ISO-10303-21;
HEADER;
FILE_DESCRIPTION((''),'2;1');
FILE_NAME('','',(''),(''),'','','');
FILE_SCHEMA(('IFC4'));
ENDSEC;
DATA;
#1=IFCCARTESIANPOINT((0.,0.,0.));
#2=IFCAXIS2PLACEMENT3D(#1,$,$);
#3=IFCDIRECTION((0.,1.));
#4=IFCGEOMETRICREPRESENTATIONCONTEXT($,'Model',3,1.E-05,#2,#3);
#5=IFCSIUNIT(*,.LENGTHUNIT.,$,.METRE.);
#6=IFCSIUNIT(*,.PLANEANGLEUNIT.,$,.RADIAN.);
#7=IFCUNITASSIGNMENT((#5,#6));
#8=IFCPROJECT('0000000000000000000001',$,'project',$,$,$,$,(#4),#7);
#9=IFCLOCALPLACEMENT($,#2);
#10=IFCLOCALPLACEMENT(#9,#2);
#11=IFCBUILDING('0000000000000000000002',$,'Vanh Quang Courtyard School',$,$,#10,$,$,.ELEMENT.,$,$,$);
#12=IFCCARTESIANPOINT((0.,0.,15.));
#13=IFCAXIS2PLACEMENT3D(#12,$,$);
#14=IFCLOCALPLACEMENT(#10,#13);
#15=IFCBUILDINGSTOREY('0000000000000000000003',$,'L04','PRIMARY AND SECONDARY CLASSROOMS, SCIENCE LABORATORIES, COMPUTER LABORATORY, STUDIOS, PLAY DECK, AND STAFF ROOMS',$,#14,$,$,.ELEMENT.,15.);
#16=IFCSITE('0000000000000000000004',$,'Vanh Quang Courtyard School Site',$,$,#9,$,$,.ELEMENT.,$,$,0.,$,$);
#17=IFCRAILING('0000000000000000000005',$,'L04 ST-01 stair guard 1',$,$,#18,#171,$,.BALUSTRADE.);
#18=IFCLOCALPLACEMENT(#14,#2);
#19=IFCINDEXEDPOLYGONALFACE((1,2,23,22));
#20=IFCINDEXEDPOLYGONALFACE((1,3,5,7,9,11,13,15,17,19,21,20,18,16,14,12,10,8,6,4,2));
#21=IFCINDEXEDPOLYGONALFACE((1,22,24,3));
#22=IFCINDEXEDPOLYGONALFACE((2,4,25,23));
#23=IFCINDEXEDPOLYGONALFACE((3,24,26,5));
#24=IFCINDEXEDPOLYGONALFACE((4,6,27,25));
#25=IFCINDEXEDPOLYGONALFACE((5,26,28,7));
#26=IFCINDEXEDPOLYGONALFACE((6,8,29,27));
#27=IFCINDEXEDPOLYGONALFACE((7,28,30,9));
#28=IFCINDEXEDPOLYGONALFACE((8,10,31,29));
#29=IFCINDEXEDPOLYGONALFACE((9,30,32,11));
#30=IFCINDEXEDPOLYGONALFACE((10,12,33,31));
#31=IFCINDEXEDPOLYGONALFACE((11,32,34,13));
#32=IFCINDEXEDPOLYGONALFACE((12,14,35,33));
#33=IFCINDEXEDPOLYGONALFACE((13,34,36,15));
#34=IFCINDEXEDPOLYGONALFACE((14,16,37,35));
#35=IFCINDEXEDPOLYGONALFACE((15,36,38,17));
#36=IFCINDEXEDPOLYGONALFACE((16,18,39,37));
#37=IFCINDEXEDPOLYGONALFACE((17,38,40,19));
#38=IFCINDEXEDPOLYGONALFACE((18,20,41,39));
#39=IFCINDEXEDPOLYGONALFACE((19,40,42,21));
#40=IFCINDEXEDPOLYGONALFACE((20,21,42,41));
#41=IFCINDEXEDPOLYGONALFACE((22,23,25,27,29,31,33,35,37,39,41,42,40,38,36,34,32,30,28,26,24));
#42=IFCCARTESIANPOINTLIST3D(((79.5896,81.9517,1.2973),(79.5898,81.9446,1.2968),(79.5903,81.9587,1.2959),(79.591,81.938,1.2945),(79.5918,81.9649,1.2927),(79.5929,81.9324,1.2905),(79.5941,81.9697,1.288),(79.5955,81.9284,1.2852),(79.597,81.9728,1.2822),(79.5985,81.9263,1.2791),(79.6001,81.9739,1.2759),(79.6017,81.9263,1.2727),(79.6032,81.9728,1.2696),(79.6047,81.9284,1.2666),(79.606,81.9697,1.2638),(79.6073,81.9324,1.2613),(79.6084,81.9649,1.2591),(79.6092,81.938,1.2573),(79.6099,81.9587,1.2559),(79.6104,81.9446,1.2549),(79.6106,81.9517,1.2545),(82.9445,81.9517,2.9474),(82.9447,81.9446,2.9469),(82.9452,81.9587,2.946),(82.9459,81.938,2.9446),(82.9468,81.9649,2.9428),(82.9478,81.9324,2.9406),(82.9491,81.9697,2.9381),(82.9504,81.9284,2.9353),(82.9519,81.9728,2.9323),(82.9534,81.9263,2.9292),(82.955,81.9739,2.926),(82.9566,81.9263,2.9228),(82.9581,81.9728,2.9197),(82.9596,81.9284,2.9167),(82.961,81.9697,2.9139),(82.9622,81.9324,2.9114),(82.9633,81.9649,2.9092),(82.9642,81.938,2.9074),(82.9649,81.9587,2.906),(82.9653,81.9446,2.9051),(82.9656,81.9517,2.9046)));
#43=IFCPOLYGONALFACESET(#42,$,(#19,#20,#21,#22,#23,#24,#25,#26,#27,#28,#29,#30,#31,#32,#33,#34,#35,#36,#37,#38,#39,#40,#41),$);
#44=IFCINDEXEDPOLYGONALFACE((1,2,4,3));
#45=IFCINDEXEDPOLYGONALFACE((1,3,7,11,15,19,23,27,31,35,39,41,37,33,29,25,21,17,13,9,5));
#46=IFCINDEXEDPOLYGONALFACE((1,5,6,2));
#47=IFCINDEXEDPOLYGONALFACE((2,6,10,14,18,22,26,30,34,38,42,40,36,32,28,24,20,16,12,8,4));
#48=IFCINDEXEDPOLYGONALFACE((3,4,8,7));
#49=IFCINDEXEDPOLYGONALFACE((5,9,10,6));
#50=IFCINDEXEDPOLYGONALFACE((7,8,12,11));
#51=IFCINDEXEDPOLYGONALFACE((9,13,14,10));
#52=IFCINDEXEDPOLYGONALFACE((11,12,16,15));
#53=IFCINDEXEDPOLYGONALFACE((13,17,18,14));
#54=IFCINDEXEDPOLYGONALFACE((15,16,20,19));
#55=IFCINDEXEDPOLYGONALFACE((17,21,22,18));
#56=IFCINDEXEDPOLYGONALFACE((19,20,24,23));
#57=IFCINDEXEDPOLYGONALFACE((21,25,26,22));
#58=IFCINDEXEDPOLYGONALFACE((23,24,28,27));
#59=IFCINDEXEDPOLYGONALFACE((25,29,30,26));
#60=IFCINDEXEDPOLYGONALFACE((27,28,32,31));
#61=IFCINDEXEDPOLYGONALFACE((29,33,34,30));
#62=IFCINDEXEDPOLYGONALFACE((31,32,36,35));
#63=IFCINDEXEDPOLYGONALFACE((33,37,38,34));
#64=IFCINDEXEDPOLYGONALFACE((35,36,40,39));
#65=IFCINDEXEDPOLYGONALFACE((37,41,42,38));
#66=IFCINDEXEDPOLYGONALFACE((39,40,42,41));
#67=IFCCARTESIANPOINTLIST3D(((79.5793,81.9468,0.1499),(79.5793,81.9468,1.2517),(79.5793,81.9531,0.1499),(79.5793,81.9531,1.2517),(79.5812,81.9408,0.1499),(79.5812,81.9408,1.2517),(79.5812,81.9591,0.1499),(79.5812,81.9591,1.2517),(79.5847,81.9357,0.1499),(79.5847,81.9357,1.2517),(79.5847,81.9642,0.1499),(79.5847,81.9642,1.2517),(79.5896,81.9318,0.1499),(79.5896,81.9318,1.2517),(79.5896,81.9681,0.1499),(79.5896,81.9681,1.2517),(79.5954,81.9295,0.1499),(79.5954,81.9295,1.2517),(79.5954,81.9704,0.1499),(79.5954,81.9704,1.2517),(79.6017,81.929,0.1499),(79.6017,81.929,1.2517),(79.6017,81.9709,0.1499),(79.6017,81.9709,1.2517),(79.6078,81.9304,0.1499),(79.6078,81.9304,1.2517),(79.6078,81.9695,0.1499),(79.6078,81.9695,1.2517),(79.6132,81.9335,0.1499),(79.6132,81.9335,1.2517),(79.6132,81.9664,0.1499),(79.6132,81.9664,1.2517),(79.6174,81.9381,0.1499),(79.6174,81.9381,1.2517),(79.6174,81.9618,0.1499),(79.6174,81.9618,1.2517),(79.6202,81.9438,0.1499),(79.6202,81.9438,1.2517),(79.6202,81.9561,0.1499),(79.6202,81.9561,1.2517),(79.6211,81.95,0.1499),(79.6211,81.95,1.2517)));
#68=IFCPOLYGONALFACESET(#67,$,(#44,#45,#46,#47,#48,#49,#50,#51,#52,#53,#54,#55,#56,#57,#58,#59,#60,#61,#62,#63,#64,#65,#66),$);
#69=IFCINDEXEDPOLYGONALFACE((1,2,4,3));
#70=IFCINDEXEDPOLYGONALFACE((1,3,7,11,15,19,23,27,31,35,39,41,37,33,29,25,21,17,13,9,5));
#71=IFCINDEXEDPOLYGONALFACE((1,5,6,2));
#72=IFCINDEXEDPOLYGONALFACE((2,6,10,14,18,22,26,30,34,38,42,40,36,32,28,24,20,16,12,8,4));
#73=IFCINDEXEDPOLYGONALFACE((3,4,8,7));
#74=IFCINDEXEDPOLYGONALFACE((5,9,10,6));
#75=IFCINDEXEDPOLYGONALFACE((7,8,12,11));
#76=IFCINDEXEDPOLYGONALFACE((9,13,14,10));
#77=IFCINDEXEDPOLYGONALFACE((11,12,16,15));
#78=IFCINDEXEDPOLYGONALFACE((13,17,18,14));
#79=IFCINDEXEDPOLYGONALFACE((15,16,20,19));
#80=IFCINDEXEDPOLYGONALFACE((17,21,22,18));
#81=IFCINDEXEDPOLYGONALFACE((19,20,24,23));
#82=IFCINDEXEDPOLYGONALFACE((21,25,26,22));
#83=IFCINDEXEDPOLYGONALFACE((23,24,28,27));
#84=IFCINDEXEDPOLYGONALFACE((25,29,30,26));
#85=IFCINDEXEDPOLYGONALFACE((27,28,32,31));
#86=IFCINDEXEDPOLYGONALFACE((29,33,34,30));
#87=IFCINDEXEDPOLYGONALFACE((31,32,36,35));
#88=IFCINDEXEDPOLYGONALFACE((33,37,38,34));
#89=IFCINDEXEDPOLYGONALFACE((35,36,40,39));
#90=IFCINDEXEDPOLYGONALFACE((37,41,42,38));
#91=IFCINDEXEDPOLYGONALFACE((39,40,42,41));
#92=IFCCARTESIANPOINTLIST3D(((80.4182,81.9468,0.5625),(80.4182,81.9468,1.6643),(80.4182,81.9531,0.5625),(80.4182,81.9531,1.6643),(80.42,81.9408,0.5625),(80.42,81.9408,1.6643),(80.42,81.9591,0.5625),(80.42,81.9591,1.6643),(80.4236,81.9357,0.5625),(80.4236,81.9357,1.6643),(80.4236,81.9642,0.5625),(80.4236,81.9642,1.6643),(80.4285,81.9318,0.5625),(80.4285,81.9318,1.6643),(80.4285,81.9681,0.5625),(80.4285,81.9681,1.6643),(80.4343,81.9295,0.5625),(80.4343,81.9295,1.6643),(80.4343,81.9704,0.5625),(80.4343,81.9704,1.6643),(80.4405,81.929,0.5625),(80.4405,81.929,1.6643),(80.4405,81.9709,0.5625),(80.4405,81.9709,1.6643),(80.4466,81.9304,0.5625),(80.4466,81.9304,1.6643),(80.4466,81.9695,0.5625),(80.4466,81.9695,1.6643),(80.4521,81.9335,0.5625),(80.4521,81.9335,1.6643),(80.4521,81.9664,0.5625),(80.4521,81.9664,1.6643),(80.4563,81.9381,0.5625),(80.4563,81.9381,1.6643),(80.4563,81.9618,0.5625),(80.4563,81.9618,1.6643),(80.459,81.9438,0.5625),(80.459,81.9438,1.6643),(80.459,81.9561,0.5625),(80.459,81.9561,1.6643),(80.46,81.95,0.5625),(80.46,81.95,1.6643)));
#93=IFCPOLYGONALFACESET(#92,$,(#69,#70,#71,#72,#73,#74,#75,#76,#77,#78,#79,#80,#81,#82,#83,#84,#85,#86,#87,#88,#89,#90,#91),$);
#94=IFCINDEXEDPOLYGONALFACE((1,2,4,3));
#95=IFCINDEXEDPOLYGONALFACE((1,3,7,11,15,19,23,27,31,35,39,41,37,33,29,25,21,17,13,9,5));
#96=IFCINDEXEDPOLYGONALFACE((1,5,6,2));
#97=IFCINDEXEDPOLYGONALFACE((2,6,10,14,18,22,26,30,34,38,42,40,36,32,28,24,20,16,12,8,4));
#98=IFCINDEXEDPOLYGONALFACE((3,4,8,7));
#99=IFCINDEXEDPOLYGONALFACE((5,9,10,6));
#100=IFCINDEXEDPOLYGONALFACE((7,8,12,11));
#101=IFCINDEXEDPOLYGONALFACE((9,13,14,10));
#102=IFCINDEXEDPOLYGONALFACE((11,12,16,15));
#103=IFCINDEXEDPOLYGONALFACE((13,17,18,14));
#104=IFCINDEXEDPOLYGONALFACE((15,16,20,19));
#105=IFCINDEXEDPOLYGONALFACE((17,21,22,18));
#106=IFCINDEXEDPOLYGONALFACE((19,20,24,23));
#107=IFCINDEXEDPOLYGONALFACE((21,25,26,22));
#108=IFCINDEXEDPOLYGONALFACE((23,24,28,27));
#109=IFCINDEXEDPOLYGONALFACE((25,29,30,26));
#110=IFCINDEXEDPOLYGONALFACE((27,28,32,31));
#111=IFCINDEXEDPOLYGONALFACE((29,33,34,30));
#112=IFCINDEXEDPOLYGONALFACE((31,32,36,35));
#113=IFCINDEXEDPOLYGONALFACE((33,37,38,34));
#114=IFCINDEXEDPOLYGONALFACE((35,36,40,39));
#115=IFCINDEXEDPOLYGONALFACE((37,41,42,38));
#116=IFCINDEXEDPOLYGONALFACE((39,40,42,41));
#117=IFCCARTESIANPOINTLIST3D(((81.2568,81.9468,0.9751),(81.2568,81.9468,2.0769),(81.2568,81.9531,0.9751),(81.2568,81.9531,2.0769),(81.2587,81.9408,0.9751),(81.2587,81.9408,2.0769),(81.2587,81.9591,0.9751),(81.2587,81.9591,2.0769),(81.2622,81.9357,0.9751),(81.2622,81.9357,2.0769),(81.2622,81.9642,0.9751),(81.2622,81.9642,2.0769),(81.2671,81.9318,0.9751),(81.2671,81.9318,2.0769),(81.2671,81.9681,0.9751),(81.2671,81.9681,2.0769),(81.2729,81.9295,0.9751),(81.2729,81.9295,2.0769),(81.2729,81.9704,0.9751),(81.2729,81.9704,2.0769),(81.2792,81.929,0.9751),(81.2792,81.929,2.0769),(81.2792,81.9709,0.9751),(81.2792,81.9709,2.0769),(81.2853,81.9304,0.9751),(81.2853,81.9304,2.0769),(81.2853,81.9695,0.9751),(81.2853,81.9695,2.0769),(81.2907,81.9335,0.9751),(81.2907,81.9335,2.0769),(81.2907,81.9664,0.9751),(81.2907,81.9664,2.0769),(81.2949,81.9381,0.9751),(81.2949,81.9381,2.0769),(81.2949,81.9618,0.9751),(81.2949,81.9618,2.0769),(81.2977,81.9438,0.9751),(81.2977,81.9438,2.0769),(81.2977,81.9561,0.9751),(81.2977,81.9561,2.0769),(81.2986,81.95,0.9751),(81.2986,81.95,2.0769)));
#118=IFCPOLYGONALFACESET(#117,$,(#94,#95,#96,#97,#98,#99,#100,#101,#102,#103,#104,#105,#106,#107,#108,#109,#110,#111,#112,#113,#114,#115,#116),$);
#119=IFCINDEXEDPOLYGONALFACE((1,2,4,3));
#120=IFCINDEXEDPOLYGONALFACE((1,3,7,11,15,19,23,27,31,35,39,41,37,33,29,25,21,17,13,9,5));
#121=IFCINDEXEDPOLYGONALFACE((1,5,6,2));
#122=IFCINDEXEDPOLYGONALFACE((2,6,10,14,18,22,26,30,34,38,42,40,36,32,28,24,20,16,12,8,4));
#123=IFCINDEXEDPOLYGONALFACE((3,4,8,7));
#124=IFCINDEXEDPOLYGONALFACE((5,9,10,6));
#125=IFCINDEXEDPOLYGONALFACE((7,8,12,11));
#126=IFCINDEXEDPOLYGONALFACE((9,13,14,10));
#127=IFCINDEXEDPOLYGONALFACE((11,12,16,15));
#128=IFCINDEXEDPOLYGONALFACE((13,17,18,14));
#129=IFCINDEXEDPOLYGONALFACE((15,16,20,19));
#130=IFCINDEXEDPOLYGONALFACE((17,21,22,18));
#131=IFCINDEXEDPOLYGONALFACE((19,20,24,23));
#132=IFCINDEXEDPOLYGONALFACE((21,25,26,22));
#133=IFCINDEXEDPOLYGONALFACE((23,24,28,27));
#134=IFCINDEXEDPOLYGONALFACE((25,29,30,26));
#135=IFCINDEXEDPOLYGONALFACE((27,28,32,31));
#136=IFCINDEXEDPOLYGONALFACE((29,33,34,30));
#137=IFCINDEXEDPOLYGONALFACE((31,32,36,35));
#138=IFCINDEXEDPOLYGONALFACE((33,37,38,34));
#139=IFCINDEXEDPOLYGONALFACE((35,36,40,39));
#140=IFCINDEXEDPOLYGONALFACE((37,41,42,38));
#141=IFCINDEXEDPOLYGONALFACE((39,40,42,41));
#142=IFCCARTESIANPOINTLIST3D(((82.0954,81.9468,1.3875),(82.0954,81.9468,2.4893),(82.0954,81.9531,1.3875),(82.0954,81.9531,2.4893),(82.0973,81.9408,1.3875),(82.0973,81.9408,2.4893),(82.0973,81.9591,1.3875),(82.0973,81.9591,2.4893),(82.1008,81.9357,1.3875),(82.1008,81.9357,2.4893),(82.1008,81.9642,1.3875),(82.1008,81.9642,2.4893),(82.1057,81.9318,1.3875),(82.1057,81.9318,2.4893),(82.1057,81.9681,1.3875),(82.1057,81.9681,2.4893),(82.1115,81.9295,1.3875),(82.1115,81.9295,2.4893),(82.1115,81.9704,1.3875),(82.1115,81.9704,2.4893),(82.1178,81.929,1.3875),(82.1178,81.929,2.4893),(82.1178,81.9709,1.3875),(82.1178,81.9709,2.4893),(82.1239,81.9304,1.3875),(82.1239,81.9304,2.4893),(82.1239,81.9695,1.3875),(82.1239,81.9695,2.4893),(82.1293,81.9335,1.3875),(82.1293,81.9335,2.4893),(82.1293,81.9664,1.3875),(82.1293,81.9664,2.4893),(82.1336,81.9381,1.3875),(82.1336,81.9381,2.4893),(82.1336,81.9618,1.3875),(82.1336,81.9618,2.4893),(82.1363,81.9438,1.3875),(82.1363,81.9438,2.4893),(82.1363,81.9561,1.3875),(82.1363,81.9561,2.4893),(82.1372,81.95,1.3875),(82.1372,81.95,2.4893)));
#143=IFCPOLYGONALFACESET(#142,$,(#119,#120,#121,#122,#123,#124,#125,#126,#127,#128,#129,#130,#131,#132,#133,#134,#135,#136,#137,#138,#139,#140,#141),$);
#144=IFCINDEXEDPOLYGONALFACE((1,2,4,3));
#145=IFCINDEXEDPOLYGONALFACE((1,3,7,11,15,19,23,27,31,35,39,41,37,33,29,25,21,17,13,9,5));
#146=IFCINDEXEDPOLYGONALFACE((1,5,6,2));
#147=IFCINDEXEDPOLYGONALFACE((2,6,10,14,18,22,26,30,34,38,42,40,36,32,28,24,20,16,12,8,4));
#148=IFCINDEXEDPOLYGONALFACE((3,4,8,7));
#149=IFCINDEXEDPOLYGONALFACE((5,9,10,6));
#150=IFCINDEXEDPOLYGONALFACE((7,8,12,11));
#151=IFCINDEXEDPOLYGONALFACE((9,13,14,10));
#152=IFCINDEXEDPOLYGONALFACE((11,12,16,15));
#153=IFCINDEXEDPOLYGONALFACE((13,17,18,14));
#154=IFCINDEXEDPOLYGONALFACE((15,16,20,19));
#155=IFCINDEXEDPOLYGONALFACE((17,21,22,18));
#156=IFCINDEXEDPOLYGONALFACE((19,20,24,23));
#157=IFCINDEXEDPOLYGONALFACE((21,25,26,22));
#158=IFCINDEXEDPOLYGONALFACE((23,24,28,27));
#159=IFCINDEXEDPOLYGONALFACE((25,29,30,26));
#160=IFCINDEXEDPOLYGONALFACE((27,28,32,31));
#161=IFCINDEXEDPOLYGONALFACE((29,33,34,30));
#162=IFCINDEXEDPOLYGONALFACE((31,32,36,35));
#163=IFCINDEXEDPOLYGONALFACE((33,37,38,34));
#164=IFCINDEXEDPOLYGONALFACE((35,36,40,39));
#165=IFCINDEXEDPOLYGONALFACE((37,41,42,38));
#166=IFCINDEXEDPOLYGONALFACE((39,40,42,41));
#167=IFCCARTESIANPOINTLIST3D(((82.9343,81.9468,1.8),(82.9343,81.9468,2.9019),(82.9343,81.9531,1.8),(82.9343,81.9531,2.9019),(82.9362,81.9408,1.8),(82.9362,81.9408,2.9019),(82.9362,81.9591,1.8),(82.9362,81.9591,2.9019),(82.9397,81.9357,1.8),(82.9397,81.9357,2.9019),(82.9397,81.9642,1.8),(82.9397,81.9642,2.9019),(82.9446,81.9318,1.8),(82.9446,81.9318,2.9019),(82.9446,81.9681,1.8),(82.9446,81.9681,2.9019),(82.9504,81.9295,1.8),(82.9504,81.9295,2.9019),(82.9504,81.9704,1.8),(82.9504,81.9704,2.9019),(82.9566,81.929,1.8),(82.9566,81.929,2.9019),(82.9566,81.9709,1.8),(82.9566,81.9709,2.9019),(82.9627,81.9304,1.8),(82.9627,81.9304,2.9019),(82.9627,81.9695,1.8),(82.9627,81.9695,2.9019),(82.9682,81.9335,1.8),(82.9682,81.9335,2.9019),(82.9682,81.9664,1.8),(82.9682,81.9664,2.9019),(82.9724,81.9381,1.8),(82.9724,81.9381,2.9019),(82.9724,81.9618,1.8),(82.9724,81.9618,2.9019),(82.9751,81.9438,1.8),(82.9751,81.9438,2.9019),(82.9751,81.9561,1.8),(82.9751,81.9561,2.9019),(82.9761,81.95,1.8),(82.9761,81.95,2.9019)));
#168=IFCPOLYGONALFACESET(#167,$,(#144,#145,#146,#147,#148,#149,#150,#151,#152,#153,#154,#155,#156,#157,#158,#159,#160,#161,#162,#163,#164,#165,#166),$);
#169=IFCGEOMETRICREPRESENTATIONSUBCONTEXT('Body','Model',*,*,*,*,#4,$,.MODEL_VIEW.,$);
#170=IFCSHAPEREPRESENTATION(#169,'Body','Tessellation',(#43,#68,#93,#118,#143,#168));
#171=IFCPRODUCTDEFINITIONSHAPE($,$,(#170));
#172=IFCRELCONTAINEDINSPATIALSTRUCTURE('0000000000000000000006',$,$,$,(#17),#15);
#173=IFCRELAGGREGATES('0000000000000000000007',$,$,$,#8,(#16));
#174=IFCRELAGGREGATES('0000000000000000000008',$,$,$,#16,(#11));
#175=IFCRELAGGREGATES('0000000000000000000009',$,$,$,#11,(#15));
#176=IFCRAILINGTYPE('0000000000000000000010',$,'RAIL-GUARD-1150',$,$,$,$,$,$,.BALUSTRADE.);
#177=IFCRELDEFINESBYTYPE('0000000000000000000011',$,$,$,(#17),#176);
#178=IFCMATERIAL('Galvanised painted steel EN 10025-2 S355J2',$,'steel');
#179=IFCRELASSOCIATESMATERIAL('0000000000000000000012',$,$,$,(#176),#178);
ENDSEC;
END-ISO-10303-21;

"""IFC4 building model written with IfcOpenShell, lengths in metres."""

from ifc_helpers import new_model, si_unit, direction, frame, origin, origin_2d, place, context, subcontext, project, spatial, circle, extrude, material, type_object, element, save


model = new_model("IFC4")

# Units and contexts
model_context = context("Model", 3, precision=1e-05, world=origin(), true_north=direction((0.0, 1.0)))
body_context = subcontext(model_context, "Body", "Model", "MODEL_VIEW")
ifc_project = project(units=[si_unit("LENGTHUNIT", "METRE"), si_unit("PLANEANGLEUNIT", "RADIAN")], contexts=[model_context])

# Site, building, storey
site_placement = place(None, origin())
site = spatial("IfcSite", under=ifc_project, at=site_placement, Name="Vanh Quang Courtyard School Site", CompositionType="ELEMENT", RefElevation=0.0)
building_placement = place(site_placement, origin())
building = spatial("IfcBuilding", under=site, at=building_placement, Name="Vanh Quang Courtyard School", CompositionType="ELEMENT")
storey_placement = place(building_placement, frame((0.0, 0.0, 15.0)))
storey = spatial("IfcBuildingStorey", under=building, at=storey_placement, Name="L04", Description="PRIMARY AND SECONDARY CLASSROOMS, SCIENCE LABORATORIES, COMPUTER LABORATORY, STUDIOS, PLAY DECK, AND STAFF ROOMS", CompositionType="ELEMENT", Elevation=15.0)

# Railing
ifc_material_1 = material(Name="Galvanised painted steel EN 10025-2 S355J2", Category="steel")
railing_type_1 = type_object("IfcRailingType", Name="RAIL-GUARD-1150", PredefinedType="BALUSTRADE", material=ifc_material_1)
railing_1_placement = place(storey_placement, frame((79.6001, 81.95, 0.1499)))
element("IfcRailing", 1, at=railing_1_placement, inside=storey, type_object=railing_type_1, Name="L04 ST-01 stair guard 1", PredefinedType="BALUSTRADE", context=body_context, shape_type="SweptSolid", body=[
    extrude(circle(Radius=0.0239, at=origin_2d()), frame((0.0, 0.0, 1.126), z_axis=(0.897333, 0.0, 0.441353), x_axis=(0.0, 1.0, 0.0)), (0.0, 0.0, 1.0), 3.7388),
    extrude(circle(Radius=0.021, at=origin_2d()), origin(), (0.0, 0.0, 1.0), 1.1018),
    extrude(circle(Radius=0.021, at=origin_2d()), frame((0.8389, 0.0, 0.4126)), (0.0, 0.0, 1.0), 1.1018),
    extrude(circle(Radius=0.021, at=origin_2d()), frame((1.6775, 0.0, 0.8252)), (0.0, 0.0, 1.0), 1.1018),
    extrude(circle(Radius=0.021, at=origin_2d()), frame((2.5161, 0.0, 1.2375)), (0.0, 0.0, 1.0), 1.1018),
    extrude(circle(Radius=0.021, at=origin_2d()), frame((3.355, 0.0, 1.6501)), (0.0, 0.0, 1.0), 1.1018),
])

save(model, "model.ifc")
